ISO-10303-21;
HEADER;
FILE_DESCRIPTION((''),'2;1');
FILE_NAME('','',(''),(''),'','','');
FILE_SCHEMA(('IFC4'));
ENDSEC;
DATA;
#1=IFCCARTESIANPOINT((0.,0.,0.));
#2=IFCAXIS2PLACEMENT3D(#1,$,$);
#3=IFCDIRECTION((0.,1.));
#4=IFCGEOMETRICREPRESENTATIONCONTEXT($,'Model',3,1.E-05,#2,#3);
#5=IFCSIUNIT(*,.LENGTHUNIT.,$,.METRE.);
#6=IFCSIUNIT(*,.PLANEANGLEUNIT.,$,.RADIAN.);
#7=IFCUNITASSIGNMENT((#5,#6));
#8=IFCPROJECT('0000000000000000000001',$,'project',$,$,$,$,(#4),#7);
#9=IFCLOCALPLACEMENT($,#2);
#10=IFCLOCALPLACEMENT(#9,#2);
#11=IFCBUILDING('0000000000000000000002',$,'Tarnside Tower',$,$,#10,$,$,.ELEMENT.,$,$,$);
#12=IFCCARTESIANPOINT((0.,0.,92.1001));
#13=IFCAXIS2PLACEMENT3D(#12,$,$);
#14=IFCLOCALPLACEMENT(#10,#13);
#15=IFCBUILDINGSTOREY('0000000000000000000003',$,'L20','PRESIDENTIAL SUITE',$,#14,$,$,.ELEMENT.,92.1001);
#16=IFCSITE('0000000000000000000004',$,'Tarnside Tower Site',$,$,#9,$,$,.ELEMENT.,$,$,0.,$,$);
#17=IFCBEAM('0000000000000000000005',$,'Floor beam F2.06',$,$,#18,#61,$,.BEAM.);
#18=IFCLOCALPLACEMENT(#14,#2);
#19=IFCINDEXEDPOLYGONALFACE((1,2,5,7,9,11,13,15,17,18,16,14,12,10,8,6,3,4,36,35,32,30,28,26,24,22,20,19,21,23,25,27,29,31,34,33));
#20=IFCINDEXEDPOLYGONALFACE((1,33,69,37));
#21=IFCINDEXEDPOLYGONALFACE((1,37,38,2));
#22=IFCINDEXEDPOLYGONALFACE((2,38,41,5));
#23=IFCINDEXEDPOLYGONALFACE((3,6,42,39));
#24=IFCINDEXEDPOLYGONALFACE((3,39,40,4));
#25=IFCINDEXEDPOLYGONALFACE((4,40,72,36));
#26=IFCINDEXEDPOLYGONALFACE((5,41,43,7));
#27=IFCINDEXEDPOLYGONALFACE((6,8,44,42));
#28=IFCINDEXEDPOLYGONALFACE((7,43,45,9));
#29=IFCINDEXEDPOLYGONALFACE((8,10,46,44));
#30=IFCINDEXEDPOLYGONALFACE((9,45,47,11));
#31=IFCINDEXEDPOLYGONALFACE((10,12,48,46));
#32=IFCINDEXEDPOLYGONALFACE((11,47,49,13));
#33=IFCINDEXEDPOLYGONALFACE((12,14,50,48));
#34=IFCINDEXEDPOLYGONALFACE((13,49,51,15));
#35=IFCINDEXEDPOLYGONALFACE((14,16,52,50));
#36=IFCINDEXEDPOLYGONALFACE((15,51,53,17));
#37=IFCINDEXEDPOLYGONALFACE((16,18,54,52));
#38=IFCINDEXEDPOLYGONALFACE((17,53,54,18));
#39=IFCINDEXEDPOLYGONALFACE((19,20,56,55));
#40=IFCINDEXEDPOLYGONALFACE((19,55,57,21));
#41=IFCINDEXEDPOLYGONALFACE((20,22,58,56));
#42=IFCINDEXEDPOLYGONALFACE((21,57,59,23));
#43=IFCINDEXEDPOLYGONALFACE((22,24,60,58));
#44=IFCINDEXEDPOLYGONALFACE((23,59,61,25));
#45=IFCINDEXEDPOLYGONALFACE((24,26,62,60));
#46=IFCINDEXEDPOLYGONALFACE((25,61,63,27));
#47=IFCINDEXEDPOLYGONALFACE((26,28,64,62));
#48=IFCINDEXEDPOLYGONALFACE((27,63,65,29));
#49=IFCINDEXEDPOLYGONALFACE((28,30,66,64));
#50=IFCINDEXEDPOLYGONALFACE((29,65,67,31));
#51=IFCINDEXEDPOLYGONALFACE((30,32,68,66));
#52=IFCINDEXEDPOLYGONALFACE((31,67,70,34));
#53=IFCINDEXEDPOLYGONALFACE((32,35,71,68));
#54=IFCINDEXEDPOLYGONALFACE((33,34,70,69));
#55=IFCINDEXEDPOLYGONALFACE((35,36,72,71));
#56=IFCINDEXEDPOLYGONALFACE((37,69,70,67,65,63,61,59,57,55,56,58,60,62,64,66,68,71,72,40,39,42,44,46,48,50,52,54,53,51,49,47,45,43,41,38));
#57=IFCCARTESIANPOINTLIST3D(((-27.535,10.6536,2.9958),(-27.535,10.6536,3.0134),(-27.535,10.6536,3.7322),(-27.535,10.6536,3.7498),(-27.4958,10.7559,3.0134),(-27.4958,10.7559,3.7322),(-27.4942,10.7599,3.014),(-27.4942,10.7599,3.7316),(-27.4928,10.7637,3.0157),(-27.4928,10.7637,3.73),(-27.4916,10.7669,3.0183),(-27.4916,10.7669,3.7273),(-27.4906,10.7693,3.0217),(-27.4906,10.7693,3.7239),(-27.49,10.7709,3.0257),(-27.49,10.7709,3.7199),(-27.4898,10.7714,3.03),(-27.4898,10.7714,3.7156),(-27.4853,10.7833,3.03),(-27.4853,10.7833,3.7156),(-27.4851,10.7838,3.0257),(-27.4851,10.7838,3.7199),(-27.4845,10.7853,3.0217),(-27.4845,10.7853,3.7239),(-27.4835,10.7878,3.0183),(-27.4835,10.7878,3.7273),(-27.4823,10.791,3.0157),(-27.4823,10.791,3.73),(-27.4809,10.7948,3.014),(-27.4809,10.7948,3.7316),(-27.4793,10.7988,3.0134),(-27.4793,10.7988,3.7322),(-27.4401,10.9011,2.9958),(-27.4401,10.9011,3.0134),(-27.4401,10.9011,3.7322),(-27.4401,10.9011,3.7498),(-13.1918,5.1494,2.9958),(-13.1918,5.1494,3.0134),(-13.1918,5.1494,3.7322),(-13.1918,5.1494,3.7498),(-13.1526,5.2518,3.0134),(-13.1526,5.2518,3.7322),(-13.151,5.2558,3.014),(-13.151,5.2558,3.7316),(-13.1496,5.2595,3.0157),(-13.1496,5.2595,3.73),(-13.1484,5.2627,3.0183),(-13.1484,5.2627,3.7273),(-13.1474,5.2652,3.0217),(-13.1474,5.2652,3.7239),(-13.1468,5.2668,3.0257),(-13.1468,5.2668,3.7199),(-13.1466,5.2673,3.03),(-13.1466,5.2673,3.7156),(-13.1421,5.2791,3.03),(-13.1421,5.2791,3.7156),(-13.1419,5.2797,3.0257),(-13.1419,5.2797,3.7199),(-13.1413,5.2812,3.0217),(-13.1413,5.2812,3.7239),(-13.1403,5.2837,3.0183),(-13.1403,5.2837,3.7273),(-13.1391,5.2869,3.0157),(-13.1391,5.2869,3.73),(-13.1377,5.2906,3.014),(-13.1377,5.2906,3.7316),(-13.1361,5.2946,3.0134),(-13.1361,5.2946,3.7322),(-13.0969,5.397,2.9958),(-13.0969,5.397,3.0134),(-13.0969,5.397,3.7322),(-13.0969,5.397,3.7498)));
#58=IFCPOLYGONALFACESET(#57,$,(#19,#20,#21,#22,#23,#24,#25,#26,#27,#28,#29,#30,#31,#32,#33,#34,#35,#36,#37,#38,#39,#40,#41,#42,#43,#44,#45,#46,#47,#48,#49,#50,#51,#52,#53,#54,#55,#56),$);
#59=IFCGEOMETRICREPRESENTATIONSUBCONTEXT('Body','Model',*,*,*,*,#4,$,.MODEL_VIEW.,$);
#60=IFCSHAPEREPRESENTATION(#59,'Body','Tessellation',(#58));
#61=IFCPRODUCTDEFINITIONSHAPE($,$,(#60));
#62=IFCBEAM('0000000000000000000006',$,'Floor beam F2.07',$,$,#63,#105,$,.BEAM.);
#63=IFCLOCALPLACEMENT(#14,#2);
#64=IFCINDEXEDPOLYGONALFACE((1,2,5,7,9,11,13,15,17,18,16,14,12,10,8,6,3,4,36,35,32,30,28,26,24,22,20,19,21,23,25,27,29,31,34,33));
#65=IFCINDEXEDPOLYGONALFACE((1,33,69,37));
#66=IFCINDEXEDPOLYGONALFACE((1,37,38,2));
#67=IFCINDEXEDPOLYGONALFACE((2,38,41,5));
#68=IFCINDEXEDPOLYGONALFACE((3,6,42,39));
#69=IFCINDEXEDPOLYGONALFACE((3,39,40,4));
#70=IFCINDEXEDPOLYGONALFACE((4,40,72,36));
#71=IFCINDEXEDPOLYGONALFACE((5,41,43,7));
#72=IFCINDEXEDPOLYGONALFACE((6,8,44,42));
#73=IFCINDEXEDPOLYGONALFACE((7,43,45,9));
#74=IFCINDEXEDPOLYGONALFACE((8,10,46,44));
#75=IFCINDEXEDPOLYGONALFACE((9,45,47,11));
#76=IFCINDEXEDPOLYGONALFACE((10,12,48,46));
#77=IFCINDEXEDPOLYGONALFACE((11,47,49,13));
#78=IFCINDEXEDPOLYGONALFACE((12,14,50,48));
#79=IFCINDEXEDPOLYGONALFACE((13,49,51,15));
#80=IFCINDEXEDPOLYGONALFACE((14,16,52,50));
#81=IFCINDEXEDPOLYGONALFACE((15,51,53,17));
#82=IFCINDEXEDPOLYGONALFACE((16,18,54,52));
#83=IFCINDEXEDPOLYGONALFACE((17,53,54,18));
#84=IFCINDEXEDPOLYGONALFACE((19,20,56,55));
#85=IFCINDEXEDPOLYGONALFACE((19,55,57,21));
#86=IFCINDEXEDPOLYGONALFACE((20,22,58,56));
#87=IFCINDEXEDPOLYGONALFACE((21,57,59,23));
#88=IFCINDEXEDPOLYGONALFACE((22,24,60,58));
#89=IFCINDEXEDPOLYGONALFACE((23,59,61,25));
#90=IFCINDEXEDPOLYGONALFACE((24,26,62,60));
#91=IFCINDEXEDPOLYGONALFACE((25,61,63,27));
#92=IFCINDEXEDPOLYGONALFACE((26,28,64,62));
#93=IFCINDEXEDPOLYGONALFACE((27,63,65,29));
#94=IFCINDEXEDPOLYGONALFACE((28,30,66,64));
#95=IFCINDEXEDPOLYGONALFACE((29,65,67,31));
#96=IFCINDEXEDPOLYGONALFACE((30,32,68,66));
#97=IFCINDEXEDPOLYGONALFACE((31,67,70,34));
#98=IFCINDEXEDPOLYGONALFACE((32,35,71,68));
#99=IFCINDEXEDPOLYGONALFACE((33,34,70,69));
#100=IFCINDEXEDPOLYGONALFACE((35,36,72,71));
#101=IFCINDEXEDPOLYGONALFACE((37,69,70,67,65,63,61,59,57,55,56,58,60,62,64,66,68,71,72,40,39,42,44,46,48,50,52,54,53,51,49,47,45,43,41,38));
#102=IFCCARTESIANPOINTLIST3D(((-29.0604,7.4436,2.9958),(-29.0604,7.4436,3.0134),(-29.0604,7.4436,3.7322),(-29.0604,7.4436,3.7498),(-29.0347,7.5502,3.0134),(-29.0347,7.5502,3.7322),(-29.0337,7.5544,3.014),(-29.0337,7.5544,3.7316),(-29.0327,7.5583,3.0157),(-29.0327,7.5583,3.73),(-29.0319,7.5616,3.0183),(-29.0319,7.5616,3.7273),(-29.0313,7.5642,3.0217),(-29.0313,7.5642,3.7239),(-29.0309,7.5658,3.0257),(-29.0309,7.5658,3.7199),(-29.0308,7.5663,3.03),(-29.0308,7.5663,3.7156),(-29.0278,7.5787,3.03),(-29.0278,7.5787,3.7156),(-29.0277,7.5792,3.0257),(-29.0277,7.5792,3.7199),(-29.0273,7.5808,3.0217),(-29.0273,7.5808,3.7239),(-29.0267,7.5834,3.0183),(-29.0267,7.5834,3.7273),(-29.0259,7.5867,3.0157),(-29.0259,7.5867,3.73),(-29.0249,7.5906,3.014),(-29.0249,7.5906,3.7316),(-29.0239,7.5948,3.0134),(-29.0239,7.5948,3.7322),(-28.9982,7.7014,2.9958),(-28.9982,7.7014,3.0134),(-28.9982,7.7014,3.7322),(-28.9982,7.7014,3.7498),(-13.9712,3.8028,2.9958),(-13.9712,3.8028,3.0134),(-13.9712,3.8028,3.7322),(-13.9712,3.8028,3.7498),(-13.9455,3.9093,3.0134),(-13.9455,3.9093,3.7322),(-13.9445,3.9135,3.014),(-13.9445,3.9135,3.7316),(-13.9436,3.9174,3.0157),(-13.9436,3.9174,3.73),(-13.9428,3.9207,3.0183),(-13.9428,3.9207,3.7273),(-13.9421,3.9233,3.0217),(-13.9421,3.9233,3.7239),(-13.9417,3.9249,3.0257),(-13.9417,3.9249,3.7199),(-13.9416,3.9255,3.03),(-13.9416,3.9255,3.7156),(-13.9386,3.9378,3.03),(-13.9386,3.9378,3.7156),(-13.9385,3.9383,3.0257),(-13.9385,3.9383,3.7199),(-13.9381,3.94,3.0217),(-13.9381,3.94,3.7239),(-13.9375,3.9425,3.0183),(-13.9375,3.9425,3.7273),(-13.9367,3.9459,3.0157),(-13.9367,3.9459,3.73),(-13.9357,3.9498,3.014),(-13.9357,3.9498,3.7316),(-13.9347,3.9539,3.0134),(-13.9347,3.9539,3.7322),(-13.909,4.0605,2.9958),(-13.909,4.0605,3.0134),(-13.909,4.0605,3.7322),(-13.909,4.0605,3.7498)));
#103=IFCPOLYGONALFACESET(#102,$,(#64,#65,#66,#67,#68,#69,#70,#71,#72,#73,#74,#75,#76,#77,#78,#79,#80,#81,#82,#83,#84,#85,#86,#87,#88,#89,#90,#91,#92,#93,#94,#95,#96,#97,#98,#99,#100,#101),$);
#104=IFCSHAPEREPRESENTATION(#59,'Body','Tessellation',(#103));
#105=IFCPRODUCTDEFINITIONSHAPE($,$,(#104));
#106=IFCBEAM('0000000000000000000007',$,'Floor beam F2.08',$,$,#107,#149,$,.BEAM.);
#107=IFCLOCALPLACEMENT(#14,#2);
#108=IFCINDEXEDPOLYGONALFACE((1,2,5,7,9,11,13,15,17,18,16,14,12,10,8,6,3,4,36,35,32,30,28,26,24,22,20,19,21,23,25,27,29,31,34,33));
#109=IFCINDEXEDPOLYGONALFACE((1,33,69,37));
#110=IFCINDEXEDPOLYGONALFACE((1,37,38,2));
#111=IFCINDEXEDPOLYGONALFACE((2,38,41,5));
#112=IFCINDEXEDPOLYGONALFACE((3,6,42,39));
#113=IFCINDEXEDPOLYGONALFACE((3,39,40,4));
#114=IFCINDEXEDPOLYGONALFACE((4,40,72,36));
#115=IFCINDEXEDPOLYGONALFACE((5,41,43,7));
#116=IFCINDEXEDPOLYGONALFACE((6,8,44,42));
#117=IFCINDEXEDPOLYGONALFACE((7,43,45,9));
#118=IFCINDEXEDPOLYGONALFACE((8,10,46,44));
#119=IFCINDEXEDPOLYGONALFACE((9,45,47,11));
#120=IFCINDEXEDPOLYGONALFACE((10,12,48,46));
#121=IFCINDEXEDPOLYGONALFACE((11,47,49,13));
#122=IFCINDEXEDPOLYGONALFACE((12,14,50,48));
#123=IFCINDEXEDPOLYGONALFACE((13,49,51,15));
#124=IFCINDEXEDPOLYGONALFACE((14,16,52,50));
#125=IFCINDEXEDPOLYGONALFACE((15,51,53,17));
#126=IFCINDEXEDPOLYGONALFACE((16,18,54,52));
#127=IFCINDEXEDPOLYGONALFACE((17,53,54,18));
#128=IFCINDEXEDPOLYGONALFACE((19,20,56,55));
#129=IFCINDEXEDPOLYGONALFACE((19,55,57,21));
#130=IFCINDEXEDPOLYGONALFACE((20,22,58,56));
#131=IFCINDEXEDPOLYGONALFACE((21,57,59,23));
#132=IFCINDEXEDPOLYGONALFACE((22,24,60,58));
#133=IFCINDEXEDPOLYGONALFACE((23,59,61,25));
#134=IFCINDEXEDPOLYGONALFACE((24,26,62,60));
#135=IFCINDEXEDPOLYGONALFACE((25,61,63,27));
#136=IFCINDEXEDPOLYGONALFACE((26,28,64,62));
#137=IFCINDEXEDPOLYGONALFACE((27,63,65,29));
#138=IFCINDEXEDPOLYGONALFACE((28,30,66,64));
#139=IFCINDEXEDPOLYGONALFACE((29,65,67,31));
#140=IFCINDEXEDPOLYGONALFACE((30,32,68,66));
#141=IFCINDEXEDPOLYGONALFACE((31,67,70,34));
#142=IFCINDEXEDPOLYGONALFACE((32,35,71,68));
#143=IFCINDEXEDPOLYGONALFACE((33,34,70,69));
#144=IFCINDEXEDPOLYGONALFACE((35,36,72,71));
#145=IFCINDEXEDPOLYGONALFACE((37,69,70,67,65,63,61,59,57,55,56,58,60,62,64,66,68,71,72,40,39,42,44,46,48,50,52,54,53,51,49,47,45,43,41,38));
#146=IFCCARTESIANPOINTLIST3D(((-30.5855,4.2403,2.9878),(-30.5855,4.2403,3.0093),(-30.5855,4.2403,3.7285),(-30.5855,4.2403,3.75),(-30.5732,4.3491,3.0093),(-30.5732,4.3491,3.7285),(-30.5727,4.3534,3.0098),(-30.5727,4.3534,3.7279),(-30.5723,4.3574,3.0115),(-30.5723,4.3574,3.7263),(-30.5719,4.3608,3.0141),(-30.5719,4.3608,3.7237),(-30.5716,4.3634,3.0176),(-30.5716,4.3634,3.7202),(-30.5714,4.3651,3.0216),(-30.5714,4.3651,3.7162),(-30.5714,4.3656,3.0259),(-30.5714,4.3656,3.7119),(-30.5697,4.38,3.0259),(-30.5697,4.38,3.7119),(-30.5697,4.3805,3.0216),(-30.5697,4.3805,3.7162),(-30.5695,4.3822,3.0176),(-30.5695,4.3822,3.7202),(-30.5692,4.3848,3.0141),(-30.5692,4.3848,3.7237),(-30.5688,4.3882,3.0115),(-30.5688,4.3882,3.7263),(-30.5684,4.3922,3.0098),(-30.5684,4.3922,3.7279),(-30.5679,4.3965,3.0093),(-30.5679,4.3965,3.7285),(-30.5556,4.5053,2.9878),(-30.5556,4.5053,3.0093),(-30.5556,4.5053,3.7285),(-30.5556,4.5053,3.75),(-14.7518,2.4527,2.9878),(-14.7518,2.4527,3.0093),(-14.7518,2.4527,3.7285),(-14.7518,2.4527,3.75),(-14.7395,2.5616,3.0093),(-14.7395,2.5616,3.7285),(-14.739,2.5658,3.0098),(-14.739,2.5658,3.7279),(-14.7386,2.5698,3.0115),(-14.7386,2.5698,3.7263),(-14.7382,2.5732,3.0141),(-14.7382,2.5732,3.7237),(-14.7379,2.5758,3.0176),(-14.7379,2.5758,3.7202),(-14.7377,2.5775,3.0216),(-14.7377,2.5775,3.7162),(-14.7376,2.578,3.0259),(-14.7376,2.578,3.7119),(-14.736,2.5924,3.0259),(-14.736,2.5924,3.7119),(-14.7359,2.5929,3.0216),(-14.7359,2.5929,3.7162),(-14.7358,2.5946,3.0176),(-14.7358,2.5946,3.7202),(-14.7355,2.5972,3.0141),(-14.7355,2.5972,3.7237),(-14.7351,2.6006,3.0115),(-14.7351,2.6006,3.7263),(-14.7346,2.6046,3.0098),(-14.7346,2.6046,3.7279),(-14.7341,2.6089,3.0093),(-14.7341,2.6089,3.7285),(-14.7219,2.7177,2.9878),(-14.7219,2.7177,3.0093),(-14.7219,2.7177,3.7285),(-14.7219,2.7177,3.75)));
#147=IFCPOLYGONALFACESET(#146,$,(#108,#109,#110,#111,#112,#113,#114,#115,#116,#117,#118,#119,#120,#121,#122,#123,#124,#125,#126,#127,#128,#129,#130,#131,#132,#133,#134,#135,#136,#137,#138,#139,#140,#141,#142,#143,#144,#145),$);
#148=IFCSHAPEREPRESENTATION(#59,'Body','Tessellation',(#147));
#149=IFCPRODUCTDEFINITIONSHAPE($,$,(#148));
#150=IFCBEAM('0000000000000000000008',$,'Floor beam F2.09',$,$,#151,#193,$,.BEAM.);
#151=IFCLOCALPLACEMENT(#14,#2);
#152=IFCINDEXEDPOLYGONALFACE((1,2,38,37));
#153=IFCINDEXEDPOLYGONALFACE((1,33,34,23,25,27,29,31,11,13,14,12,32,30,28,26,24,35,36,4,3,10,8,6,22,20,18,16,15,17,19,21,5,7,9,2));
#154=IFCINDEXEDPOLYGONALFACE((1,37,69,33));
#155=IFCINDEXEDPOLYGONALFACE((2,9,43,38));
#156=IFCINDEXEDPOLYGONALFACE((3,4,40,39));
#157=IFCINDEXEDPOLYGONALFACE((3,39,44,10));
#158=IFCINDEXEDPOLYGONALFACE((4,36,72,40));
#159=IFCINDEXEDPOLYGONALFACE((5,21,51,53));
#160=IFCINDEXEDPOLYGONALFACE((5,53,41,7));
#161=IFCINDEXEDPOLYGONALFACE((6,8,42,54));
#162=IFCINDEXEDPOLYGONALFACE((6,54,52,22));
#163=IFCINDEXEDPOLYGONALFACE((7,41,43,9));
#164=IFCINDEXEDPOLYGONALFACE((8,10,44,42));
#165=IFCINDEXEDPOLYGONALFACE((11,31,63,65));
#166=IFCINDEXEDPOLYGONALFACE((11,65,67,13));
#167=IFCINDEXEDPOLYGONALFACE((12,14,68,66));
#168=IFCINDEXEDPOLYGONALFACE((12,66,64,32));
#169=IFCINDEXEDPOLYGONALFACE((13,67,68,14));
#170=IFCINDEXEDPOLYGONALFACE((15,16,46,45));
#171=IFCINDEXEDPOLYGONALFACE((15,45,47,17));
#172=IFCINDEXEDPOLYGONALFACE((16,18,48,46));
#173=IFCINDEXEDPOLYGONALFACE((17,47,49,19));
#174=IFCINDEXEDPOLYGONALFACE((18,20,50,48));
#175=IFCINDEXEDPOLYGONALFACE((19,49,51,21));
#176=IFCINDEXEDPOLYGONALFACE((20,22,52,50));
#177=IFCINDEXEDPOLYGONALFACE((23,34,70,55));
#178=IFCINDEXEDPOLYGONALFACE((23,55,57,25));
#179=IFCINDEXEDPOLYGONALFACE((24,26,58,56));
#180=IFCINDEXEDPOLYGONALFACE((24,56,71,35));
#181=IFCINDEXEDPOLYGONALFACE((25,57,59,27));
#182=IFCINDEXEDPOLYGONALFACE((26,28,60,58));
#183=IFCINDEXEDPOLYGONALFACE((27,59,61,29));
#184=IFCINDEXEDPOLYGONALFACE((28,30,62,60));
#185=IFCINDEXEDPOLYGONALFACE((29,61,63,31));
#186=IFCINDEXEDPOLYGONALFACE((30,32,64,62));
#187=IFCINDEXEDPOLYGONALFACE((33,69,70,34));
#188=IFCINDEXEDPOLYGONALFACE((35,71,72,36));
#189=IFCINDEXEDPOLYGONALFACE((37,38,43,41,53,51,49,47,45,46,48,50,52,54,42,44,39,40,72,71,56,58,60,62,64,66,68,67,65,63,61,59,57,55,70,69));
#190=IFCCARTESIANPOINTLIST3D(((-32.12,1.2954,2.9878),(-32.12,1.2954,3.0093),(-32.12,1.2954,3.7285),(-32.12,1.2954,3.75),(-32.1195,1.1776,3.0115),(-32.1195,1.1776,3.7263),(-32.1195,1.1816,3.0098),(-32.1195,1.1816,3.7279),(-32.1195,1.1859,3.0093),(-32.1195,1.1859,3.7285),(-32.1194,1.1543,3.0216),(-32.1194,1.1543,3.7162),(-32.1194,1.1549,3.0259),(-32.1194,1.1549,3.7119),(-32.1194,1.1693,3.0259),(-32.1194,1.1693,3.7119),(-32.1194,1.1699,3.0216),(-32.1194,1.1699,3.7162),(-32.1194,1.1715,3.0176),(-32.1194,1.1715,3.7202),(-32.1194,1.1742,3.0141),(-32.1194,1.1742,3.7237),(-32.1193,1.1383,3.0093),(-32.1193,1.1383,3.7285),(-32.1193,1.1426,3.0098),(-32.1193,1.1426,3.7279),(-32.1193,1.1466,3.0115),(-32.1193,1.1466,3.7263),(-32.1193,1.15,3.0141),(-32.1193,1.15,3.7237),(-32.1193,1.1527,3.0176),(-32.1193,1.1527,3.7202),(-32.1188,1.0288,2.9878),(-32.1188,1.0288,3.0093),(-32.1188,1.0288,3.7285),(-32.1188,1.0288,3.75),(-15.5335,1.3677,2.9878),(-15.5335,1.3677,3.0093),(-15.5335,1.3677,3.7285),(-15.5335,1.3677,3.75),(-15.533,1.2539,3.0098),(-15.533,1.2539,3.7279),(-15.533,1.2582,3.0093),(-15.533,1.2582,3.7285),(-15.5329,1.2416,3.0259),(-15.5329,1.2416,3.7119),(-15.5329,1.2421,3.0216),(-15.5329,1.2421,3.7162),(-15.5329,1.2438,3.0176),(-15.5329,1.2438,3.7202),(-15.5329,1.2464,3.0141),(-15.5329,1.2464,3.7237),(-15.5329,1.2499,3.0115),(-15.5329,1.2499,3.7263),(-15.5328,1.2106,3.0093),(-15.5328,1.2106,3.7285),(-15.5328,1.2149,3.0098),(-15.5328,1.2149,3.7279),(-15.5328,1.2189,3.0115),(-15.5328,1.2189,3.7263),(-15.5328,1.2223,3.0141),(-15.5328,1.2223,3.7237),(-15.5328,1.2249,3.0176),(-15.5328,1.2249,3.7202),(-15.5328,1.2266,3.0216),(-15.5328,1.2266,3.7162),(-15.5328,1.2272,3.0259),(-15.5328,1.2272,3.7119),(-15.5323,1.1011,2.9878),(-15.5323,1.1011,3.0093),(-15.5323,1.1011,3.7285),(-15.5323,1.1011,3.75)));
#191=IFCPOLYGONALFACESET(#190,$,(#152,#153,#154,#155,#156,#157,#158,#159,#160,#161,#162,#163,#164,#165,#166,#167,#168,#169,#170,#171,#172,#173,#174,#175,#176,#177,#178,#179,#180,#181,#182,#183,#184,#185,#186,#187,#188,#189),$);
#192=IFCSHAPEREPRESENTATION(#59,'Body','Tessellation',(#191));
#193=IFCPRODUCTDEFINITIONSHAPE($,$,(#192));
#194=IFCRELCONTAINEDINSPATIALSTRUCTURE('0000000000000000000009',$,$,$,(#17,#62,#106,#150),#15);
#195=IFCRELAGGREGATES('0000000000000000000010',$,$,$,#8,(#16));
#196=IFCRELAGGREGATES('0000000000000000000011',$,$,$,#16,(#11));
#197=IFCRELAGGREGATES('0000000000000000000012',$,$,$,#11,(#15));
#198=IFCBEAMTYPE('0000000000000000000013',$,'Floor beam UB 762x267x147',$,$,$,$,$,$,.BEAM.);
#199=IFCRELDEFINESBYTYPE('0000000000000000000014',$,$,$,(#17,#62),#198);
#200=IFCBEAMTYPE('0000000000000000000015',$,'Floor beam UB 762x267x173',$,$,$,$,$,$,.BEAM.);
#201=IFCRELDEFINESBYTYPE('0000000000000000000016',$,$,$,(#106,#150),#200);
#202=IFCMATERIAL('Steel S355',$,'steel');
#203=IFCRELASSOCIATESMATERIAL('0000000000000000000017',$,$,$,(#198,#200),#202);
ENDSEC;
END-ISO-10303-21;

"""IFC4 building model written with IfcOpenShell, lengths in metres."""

from ifc_helpers import new_model, si_unit, direction, frame, origin, origin_2d, place, context, subcontext, project, spatial, i_section, extrude, material, material_profile, profile_set, type_object, element, save


model = new_model("IFC4")

# Units and contexts
model_context = context("Model", 3, precision=1e-05, world=origin(), true_north=direction((0.0, 1.0)))
body_context = subcontext(model_context, "Body", "Model", "MODEL_VIEW")
ifc_project = project(units=[si_unit("LENGTHUNIT", "METRE"), si_unit("PLANEANGLEUNIT", "RADIAN")], contexts=[model_context])

# Site, building, storey
site_placement = place(None, origin())
site = spatial("IfcSite", under=ifc_project, at=site_placement, Name="Tarnside Tower Site", CompositionType="ELEMENT", RefElevation=0.0)
building_placement = place(site_placement, origin())
building = spatial("IfcBuilding", under=site, at=building_placement, Name="Tarnside Tower", CompositionType="ELEMENT")
storey_placement = place(building_placement, frame((0.0, 0.0, 92.1001)))
storey = spatial("IfcBuildingStorey", under=building, at=storey_placement, Name="L20", Description="PRESIDENTIAL SUITE", CompositionType="ELEMENT", Elevation=92.1001)

# Beams
ifc_material_1 = material(Name="Steel S355", Category="steel")
ifc_material_profile_1 = material_profile(ifc_material_1, i_section(OverallWidth=0.2651, OverallDepth=0.7539, WebThickness=0.0127, FlangeThickness=0.0176, FilletRadius=0.0166, at=origin_2d()), Name="UB 762x267x147")
ifc_profile_set_1 = profile_set([ifc_material_profile_1], Name="Steel S355")
beam_type_1 = type_object("IfcBeamType", Name="Floor beam UB 762x267x147", PredefinedType="BEAM", material=ifc_profile_set_1)
beam_1_placement = place(storey_placement, frame((-27.4875, 10.7773, 3.3728), z_axis=(0.933618, -0.358271, 0.0), x_axis=(0.358271, 0.933618, 0.0)))
element("IfcBeam", 1, at=beam_1_placement, inside=storey, type_object=beam_type_1, Name="Floor beam F2.06", PredefinedType="BEAM", context=body_context, shape_type="SweptSolid", body=[
    extrude(i_section(OverallWidth=0.2651, OverallDepth=0.7539, WebThickness=0.0127, FlangeThickness=0.0176, FilletRadius=0.0166, at=origin_2d()), origin(), (0.0, 0.0, 1.0), 15.363),
])
beam_2_placement = place(storey_placement, frame((-29.0293, 7.5725, 3.3728), z_axis=(0.972102, -0.23456, 0.0), x_axis=(0.23456, 0.972102, 0.0)))
element("IfcBeam", 2, at=beam_2_placement, inside=storey, type_object=beam_type_1, Name="Floor beam F2.07", PredefinedType="BEAM", context=body_context, shape_type="SweptSolid", body=[
    extrude(i_section(OverallWidth=0.2651, OverallDepth=0.7539, WebThickness=0.0127, FlangeThickness=0.0176, FilletRadius=0.0166, at=origin_2d()), origin(), (0.0, 0.0, 1.0), 15.5222),
])
ifc_material_profile_2 = material_profile(ifc_material_1, i_section(OverallWidth=0.2666, OverallDepth=0.7622, WebThickness=0.0144, FlangeThickness=0.0215, FilletRadius=0.0166, at=origin_2d()), Name="UB 762x267x173")
ifc_profile_set_2 = profile_set([ifc_material_profile_2], Name="Steel S355")
beam_type_2 = type_object("IfcBeamType", Name="Floor beam UB 762x267x173", PredefinedType="BEAM", material=ifc_profile_set_2)
beam_3_placement = place(storey_placement, frame((-30.5706, 4.3728, 3.3689), z_axis=(0.993687, -0.112185, 0.0), x_axis=(0.112185, 0.993687, 0.0)))
element("IfcBeam", 3, at=beam_3_placement, inside=storey, type_object=beam_type_2, Name="Floor beam F2.08", PredefinedType="BEAM", context=body_context, shape_type="SweptSolid", body=[
    extrude(i_section(OverallWidth=0.2666, OverallDepth=0.7622, WebThickness=0.0144, FlangeThickness=0.0215, FilletRadius=0.0166, at=origin_2d()), origin(), (0.0, 0.0, 1.0), 15.9343),
])
beam_4_placement = place(storey_placement, frame((-32.1194, 1.1621, 3.3689), z_axis=(0.999991, 0.004357, 0.0), x_axis=(-0.004357, 0.999991, 0.0)))
element("IfcBeam", 4, at=beam_4_placement, inside=storey, type_object=beam_type_2, Name="Floor beam F2.09", PredefinedType="BEAM", context=body_context, shape_type="SweptSolid", body=[
    extrude(i_section(OverallWidth=0.2666, OverallDepth=0.7622, WebThickness=0.0144, FlangeThickness=0.0215, FilletRadius=0.0166, at=origin_2d()), origin(), (0.0, 0.0, 1.0), 16.5867),
])

save(model, "model.ifc")
